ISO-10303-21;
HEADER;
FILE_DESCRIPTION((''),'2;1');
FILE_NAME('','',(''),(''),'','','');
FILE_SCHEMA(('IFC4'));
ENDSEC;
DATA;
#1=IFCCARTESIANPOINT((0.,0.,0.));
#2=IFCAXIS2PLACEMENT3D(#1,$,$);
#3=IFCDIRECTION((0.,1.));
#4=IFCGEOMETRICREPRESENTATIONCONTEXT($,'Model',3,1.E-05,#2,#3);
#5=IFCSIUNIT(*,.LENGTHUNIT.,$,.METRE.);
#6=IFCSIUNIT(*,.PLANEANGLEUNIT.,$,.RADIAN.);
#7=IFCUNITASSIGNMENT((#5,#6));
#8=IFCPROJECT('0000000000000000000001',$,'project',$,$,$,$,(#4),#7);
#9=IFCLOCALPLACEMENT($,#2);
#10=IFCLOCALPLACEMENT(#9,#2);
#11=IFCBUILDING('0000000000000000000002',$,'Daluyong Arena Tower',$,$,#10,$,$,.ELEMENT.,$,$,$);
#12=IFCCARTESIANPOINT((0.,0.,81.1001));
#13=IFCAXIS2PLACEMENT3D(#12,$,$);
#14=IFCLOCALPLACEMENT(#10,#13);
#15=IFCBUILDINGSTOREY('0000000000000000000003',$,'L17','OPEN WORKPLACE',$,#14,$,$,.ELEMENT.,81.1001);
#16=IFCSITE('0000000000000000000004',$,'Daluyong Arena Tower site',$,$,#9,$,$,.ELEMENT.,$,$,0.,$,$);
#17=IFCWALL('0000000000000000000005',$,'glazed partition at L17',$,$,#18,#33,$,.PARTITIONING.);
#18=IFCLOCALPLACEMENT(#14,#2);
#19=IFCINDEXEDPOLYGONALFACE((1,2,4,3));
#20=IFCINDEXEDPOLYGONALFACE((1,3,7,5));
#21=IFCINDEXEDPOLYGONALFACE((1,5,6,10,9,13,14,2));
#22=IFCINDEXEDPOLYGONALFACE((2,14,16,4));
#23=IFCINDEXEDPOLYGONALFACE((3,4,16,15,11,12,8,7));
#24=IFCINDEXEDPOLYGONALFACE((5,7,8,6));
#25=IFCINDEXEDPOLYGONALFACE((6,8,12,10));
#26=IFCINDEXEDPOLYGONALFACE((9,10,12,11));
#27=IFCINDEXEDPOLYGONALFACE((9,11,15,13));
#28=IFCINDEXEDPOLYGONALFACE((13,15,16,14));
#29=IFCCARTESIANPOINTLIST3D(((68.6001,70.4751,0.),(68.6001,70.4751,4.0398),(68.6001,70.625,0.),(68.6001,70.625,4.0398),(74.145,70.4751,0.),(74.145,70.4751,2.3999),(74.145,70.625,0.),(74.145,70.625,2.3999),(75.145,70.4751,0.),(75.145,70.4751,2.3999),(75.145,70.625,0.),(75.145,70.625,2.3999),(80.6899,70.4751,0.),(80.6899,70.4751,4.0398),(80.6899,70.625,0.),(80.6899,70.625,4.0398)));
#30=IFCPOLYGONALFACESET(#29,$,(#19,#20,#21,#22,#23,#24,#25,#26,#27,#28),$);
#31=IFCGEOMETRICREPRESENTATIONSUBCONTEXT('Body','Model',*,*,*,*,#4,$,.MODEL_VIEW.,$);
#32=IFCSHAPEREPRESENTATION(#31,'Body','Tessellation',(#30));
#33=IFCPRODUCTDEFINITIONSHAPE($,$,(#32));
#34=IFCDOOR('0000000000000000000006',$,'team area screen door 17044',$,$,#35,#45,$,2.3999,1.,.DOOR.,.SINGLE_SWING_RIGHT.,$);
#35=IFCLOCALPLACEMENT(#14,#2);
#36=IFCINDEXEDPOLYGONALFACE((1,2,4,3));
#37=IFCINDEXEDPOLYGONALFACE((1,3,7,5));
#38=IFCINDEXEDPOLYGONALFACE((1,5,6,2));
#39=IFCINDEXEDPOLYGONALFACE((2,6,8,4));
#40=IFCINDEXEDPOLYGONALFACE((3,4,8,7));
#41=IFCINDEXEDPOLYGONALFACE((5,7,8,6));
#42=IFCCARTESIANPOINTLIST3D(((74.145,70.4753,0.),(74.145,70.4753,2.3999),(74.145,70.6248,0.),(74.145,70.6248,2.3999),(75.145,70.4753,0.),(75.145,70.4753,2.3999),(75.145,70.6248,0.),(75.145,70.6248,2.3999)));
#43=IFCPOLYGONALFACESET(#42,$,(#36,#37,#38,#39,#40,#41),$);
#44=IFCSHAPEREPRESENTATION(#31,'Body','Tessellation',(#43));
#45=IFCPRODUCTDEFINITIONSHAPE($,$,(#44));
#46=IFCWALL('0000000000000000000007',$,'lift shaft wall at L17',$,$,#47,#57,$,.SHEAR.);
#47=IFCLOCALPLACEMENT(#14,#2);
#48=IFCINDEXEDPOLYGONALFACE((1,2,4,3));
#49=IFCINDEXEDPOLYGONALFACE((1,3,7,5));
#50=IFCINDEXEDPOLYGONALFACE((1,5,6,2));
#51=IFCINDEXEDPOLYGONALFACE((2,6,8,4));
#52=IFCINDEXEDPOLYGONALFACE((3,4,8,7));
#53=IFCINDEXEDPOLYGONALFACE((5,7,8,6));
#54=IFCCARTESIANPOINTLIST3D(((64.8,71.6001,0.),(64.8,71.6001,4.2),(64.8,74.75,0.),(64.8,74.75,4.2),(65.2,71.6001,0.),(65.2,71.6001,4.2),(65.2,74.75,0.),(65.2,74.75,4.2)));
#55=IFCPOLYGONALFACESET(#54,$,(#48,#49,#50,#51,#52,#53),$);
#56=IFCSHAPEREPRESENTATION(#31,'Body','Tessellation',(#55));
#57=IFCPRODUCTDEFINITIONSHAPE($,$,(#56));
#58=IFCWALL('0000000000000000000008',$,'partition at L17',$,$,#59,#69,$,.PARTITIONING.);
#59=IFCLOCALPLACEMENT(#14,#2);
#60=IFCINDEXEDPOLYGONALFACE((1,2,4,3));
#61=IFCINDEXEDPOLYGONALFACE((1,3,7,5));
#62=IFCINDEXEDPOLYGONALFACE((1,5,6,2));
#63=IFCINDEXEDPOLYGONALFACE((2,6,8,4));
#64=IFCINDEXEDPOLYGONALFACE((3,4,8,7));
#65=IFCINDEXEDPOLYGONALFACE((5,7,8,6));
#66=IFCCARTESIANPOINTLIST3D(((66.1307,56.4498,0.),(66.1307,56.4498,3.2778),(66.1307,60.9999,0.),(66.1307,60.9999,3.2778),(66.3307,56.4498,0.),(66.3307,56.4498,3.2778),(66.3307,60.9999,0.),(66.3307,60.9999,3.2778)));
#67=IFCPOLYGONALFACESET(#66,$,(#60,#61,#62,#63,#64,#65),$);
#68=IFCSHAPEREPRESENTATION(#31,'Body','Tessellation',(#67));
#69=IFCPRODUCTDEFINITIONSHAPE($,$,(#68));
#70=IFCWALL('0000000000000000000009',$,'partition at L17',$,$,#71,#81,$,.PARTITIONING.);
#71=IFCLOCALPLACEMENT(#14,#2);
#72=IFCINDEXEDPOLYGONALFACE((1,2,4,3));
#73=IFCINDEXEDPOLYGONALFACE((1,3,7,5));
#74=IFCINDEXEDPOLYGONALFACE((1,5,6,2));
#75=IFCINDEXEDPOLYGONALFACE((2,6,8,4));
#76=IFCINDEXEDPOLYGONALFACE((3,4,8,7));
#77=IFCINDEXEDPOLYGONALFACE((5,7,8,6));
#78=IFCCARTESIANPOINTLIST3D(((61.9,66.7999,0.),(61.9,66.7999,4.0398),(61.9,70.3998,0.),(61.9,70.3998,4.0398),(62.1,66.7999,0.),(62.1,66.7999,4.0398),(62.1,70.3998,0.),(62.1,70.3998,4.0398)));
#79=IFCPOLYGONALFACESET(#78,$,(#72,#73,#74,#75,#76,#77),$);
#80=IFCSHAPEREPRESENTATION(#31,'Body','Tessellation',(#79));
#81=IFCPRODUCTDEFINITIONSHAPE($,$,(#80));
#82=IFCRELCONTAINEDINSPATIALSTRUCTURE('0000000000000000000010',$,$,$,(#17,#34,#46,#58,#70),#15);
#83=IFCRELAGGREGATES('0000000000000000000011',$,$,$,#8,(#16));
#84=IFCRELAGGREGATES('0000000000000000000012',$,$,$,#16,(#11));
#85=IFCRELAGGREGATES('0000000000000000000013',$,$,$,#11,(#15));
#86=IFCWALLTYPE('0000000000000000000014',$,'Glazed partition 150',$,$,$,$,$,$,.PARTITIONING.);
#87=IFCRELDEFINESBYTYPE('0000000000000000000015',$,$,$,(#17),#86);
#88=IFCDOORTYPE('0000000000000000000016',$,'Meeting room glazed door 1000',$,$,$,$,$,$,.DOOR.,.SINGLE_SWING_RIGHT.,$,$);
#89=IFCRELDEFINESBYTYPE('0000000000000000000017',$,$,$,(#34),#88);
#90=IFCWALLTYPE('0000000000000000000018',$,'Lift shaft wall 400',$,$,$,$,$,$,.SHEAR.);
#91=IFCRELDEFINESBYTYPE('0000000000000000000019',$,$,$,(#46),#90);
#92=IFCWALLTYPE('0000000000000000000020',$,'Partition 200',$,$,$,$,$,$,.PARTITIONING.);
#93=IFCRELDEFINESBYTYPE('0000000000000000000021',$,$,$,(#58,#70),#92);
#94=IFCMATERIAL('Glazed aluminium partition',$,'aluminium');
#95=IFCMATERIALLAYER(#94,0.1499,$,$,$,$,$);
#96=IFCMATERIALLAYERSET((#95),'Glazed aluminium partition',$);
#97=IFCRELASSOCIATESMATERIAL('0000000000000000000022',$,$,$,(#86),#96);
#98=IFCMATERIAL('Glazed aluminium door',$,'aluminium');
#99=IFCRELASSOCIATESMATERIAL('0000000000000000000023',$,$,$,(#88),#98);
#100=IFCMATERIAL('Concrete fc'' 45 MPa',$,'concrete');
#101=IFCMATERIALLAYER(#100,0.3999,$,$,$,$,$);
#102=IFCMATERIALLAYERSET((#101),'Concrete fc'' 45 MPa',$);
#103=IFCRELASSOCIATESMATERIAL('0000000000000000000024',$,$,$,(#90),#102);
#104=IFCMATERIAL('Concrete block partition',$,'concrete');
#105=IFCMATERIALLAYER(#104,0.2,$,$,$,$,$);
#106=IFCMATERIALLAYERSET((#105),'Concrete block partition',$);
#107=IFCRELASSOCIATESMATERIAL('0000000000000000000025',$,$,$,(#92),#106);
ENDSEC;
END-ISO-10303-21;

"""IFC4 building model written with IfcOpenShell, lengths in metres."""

from ifc_helpers import new_model, si_unit, direction, frame, frame_2d, origin, place, context, subcontext, project, spatial, rectangle, extrude, material, layer, layer_set, type_object, element, fill, save


model = new_model("IFC4")

# Units and contexts
model_context = context("Model", 3, precision=1e-05, world=origin(), true_north=direction((0.0, 1.0)))
body_context = subcontext(model_context, "Body", "Model", "MODEL_VIEW")
ifc_project = project(units=[si_unit("LENGTHUNIT", "METRE"), si_unit("PLANEANGLEUNIT", "RADIAN")], contexts=[model_context])

# Site, building, storey
site_placement = place(None, origin())
site = spatial("IfcSite", under=ifc_project, at=site_placement, Name="Daluyong Arena Tower site", CompositionType="ELEMENT", RefElevation=0.0)
building_placement = place(site_placement, origin())
building = spatial("IfcBuilding", under=site, at=building_placement, Name="Daluyong Arena Tower", CompositionType="ELEMENT")
storey_placement = place(building_placement, frame((0.0, 0.0, 81.1001)))
storey = spatial("IfcBuildingStorey", under=building, at=storey_placement, Name="L17", Description="OPEN WORKPLACE", CompositionType="ELEMENT", Elevation=81.1001)

# Shared definitions
ifc_material_1 = material(Name="Glazed aluminium partition", Category="aluminium")
ifc_layer_1 = layer(ifc_material_1, 0.1499)
ifc_layer_set_1 = layer_set([ifc_layer_1], Name="Glazed aluminium partition")
wall_type_1 = type_object("IfcWallType", Name="Glazed partition 150", PredefinedType="PARTITIONING", material=ifc_layer_set_1)
ifc_material_2 = material(Name="Glazed aluminium door", Category="aluminium")
door_type_1 = type_object("IfcDoorType", Name="Meeting room glazed door 1000", OperationType="SINGLE_SWING_RIGHT", PredefinedType="DOOR", material=ifc_material_2)

# Wall, opening, door
wall_1_placement = place(storey_placement, frame((68.6001, 70.55, 0.0), z_axis=(0.0, 0.0, 1.0), x_axis=(1.0, 0.0, 0.0)))
wall_1 = element("IfcWall", 1, at=wall_1_placement, inside=storey, type_object=wall_type_1, Name="glazed partition at L17", PredefinedType="PARTITIONING", context=body_context, shape_type="SweptSolid", body=[
    extrude(rectangle(XDim=12.0898, YDim=0.1499, at=frame_2d((6.0449, 0.0))), origin(), (0.0, 0.0, 1.0), 4.0398),
])
opening_1_placement = place(wall_1_placement, frame((5.5449, 0.0, 0.0)))
opening_1 = element("IfcOpeningElement", 2, at=opening_1_placement, cuts=wall_1, PredefinedType="OPENING", context=body_context, shape_type="SweptSolid", body=[
    extrude(rectangle(XDim=1.0, YDim=2.3999, at=frame_2d((0.5, 1.2))), frame((0.0, 0.085, 0.0), z_axis=(0.0, -1.0, 0.0), x_axis=(1.0, 0.0, 0.0)), (0.0, 0.0, 1.0), 0.1699),
])
door_1_placement = place(opening_1_placement, origin())
door_1 = element("IfcDoor", 3, at=door_1_placement, inside=storey, type_object=door_type_1, Name="team area screen door 17044", OperationType="SINGLE_SWING_RIGHT", OverallHeight=2.3999, OverallWidth=1.0, PredefinedType="DOOR", context=body_context, shape_type="SweptSolid", body=[
    extrude(rectangle(XDim=1.0, YDim=2.3999, at=frame_2d((0.5, 1.2))), frame((0.0, 0.0747, 0.0), z_axis=(0.0, -1.0, 0.0), x_axis=(1.0, 0.0, 0.0)), (0.0, 0.0, 1.0), 0.1494),
])
fill(opening_1, door_1)

# Walls
ifc_material_3 = material(Name="Concrete fc' 45 MPa", Category="concrete")
ifc_layer_2 = layer(ifc_material_3, 0.3999)
ifc_layer_set_2 = layer_set([ifc_layer_2], Name="Concrete fc' 45 MPa")
wall_type_2 = type_object("IfcWallType", Name="Lift shaft wall 400", PredefinedType="SHEAR", material=ifc_layer_set_2)
wall_2_placement = place(storey_placement, frame((65.0, 71.6001, 0.0), z_axis=(0.0, 0.0, 1.0), x_axis=(0.0, 1.0, 0.0)))
element("IfcWall", 4, at=wall_2_placement, inside=storey, type_object=wall_type_2, Name="lift shaft wall at L17", PredefinedType="SHEAR", context=body_context, shape_type="SweptSolid", body=[
    extrude(rectangle(XDim=3.1499, YDim=0.3999, at=frame_2d((1.575, 0.0))), origin(), (0.0, 0.0, 1.0), 4.2),
])
ifc_material_4 = material(Name="Concrete block partition", Category="concrete")
ifc_layer_3 = layer(ifc_material_4, 0.2)
ifc_layer_set_3 = layer_set([ifc_layer_3], Name="Concrete block partition")
wall_type_3 = type_object("IfcWallType", Name="Partition 200", PredefinedType="PARTITIONING", material=ifc_layer_set_3)
wall_3_placement = place(storey_placement, frame((66.2307, 56.45, 0.0), z_axis=(0.0, 0.0, 1.0), x_axis=(0.0, 1.0, 0.0)))
element("IfcWall", 5, at=wall_3_placement, inside=storey, type_object=wall_type_3, Name="partition at L17", PredefinedType="PARTITIONING", context=body_context, shape_type="SweptSolid", body=[
    extrude(rectangle(XDim=4.55, YDim=0.2, at=frame_2d((2.2749, 0.0))), origin(), (0.0, 0.0, 1.0), 3.2778),
])
wall_4_placement = place(storey_placement, frame((62.0, 66.8, 0.0), z_axis=(0.0, 0.0, 1.0), x_axis=(0.0, 1.0, 0.0)))
element("IfcWall", 6, at=wall_4_placement, inside=storey, type_object=wall_type_3, Name="partition at L17", PredefinedType="PARTITIONING", context=body_context, shape_type="SweptSolid", body=[
    extrude(rectangle(XDim=3.5999, YDim=0.2, at=frame_2d((1.7998, 0.0))), origin(), (0.0, 0.0, 1.0), 4.0398),
])

save(model, "model.ifc")
